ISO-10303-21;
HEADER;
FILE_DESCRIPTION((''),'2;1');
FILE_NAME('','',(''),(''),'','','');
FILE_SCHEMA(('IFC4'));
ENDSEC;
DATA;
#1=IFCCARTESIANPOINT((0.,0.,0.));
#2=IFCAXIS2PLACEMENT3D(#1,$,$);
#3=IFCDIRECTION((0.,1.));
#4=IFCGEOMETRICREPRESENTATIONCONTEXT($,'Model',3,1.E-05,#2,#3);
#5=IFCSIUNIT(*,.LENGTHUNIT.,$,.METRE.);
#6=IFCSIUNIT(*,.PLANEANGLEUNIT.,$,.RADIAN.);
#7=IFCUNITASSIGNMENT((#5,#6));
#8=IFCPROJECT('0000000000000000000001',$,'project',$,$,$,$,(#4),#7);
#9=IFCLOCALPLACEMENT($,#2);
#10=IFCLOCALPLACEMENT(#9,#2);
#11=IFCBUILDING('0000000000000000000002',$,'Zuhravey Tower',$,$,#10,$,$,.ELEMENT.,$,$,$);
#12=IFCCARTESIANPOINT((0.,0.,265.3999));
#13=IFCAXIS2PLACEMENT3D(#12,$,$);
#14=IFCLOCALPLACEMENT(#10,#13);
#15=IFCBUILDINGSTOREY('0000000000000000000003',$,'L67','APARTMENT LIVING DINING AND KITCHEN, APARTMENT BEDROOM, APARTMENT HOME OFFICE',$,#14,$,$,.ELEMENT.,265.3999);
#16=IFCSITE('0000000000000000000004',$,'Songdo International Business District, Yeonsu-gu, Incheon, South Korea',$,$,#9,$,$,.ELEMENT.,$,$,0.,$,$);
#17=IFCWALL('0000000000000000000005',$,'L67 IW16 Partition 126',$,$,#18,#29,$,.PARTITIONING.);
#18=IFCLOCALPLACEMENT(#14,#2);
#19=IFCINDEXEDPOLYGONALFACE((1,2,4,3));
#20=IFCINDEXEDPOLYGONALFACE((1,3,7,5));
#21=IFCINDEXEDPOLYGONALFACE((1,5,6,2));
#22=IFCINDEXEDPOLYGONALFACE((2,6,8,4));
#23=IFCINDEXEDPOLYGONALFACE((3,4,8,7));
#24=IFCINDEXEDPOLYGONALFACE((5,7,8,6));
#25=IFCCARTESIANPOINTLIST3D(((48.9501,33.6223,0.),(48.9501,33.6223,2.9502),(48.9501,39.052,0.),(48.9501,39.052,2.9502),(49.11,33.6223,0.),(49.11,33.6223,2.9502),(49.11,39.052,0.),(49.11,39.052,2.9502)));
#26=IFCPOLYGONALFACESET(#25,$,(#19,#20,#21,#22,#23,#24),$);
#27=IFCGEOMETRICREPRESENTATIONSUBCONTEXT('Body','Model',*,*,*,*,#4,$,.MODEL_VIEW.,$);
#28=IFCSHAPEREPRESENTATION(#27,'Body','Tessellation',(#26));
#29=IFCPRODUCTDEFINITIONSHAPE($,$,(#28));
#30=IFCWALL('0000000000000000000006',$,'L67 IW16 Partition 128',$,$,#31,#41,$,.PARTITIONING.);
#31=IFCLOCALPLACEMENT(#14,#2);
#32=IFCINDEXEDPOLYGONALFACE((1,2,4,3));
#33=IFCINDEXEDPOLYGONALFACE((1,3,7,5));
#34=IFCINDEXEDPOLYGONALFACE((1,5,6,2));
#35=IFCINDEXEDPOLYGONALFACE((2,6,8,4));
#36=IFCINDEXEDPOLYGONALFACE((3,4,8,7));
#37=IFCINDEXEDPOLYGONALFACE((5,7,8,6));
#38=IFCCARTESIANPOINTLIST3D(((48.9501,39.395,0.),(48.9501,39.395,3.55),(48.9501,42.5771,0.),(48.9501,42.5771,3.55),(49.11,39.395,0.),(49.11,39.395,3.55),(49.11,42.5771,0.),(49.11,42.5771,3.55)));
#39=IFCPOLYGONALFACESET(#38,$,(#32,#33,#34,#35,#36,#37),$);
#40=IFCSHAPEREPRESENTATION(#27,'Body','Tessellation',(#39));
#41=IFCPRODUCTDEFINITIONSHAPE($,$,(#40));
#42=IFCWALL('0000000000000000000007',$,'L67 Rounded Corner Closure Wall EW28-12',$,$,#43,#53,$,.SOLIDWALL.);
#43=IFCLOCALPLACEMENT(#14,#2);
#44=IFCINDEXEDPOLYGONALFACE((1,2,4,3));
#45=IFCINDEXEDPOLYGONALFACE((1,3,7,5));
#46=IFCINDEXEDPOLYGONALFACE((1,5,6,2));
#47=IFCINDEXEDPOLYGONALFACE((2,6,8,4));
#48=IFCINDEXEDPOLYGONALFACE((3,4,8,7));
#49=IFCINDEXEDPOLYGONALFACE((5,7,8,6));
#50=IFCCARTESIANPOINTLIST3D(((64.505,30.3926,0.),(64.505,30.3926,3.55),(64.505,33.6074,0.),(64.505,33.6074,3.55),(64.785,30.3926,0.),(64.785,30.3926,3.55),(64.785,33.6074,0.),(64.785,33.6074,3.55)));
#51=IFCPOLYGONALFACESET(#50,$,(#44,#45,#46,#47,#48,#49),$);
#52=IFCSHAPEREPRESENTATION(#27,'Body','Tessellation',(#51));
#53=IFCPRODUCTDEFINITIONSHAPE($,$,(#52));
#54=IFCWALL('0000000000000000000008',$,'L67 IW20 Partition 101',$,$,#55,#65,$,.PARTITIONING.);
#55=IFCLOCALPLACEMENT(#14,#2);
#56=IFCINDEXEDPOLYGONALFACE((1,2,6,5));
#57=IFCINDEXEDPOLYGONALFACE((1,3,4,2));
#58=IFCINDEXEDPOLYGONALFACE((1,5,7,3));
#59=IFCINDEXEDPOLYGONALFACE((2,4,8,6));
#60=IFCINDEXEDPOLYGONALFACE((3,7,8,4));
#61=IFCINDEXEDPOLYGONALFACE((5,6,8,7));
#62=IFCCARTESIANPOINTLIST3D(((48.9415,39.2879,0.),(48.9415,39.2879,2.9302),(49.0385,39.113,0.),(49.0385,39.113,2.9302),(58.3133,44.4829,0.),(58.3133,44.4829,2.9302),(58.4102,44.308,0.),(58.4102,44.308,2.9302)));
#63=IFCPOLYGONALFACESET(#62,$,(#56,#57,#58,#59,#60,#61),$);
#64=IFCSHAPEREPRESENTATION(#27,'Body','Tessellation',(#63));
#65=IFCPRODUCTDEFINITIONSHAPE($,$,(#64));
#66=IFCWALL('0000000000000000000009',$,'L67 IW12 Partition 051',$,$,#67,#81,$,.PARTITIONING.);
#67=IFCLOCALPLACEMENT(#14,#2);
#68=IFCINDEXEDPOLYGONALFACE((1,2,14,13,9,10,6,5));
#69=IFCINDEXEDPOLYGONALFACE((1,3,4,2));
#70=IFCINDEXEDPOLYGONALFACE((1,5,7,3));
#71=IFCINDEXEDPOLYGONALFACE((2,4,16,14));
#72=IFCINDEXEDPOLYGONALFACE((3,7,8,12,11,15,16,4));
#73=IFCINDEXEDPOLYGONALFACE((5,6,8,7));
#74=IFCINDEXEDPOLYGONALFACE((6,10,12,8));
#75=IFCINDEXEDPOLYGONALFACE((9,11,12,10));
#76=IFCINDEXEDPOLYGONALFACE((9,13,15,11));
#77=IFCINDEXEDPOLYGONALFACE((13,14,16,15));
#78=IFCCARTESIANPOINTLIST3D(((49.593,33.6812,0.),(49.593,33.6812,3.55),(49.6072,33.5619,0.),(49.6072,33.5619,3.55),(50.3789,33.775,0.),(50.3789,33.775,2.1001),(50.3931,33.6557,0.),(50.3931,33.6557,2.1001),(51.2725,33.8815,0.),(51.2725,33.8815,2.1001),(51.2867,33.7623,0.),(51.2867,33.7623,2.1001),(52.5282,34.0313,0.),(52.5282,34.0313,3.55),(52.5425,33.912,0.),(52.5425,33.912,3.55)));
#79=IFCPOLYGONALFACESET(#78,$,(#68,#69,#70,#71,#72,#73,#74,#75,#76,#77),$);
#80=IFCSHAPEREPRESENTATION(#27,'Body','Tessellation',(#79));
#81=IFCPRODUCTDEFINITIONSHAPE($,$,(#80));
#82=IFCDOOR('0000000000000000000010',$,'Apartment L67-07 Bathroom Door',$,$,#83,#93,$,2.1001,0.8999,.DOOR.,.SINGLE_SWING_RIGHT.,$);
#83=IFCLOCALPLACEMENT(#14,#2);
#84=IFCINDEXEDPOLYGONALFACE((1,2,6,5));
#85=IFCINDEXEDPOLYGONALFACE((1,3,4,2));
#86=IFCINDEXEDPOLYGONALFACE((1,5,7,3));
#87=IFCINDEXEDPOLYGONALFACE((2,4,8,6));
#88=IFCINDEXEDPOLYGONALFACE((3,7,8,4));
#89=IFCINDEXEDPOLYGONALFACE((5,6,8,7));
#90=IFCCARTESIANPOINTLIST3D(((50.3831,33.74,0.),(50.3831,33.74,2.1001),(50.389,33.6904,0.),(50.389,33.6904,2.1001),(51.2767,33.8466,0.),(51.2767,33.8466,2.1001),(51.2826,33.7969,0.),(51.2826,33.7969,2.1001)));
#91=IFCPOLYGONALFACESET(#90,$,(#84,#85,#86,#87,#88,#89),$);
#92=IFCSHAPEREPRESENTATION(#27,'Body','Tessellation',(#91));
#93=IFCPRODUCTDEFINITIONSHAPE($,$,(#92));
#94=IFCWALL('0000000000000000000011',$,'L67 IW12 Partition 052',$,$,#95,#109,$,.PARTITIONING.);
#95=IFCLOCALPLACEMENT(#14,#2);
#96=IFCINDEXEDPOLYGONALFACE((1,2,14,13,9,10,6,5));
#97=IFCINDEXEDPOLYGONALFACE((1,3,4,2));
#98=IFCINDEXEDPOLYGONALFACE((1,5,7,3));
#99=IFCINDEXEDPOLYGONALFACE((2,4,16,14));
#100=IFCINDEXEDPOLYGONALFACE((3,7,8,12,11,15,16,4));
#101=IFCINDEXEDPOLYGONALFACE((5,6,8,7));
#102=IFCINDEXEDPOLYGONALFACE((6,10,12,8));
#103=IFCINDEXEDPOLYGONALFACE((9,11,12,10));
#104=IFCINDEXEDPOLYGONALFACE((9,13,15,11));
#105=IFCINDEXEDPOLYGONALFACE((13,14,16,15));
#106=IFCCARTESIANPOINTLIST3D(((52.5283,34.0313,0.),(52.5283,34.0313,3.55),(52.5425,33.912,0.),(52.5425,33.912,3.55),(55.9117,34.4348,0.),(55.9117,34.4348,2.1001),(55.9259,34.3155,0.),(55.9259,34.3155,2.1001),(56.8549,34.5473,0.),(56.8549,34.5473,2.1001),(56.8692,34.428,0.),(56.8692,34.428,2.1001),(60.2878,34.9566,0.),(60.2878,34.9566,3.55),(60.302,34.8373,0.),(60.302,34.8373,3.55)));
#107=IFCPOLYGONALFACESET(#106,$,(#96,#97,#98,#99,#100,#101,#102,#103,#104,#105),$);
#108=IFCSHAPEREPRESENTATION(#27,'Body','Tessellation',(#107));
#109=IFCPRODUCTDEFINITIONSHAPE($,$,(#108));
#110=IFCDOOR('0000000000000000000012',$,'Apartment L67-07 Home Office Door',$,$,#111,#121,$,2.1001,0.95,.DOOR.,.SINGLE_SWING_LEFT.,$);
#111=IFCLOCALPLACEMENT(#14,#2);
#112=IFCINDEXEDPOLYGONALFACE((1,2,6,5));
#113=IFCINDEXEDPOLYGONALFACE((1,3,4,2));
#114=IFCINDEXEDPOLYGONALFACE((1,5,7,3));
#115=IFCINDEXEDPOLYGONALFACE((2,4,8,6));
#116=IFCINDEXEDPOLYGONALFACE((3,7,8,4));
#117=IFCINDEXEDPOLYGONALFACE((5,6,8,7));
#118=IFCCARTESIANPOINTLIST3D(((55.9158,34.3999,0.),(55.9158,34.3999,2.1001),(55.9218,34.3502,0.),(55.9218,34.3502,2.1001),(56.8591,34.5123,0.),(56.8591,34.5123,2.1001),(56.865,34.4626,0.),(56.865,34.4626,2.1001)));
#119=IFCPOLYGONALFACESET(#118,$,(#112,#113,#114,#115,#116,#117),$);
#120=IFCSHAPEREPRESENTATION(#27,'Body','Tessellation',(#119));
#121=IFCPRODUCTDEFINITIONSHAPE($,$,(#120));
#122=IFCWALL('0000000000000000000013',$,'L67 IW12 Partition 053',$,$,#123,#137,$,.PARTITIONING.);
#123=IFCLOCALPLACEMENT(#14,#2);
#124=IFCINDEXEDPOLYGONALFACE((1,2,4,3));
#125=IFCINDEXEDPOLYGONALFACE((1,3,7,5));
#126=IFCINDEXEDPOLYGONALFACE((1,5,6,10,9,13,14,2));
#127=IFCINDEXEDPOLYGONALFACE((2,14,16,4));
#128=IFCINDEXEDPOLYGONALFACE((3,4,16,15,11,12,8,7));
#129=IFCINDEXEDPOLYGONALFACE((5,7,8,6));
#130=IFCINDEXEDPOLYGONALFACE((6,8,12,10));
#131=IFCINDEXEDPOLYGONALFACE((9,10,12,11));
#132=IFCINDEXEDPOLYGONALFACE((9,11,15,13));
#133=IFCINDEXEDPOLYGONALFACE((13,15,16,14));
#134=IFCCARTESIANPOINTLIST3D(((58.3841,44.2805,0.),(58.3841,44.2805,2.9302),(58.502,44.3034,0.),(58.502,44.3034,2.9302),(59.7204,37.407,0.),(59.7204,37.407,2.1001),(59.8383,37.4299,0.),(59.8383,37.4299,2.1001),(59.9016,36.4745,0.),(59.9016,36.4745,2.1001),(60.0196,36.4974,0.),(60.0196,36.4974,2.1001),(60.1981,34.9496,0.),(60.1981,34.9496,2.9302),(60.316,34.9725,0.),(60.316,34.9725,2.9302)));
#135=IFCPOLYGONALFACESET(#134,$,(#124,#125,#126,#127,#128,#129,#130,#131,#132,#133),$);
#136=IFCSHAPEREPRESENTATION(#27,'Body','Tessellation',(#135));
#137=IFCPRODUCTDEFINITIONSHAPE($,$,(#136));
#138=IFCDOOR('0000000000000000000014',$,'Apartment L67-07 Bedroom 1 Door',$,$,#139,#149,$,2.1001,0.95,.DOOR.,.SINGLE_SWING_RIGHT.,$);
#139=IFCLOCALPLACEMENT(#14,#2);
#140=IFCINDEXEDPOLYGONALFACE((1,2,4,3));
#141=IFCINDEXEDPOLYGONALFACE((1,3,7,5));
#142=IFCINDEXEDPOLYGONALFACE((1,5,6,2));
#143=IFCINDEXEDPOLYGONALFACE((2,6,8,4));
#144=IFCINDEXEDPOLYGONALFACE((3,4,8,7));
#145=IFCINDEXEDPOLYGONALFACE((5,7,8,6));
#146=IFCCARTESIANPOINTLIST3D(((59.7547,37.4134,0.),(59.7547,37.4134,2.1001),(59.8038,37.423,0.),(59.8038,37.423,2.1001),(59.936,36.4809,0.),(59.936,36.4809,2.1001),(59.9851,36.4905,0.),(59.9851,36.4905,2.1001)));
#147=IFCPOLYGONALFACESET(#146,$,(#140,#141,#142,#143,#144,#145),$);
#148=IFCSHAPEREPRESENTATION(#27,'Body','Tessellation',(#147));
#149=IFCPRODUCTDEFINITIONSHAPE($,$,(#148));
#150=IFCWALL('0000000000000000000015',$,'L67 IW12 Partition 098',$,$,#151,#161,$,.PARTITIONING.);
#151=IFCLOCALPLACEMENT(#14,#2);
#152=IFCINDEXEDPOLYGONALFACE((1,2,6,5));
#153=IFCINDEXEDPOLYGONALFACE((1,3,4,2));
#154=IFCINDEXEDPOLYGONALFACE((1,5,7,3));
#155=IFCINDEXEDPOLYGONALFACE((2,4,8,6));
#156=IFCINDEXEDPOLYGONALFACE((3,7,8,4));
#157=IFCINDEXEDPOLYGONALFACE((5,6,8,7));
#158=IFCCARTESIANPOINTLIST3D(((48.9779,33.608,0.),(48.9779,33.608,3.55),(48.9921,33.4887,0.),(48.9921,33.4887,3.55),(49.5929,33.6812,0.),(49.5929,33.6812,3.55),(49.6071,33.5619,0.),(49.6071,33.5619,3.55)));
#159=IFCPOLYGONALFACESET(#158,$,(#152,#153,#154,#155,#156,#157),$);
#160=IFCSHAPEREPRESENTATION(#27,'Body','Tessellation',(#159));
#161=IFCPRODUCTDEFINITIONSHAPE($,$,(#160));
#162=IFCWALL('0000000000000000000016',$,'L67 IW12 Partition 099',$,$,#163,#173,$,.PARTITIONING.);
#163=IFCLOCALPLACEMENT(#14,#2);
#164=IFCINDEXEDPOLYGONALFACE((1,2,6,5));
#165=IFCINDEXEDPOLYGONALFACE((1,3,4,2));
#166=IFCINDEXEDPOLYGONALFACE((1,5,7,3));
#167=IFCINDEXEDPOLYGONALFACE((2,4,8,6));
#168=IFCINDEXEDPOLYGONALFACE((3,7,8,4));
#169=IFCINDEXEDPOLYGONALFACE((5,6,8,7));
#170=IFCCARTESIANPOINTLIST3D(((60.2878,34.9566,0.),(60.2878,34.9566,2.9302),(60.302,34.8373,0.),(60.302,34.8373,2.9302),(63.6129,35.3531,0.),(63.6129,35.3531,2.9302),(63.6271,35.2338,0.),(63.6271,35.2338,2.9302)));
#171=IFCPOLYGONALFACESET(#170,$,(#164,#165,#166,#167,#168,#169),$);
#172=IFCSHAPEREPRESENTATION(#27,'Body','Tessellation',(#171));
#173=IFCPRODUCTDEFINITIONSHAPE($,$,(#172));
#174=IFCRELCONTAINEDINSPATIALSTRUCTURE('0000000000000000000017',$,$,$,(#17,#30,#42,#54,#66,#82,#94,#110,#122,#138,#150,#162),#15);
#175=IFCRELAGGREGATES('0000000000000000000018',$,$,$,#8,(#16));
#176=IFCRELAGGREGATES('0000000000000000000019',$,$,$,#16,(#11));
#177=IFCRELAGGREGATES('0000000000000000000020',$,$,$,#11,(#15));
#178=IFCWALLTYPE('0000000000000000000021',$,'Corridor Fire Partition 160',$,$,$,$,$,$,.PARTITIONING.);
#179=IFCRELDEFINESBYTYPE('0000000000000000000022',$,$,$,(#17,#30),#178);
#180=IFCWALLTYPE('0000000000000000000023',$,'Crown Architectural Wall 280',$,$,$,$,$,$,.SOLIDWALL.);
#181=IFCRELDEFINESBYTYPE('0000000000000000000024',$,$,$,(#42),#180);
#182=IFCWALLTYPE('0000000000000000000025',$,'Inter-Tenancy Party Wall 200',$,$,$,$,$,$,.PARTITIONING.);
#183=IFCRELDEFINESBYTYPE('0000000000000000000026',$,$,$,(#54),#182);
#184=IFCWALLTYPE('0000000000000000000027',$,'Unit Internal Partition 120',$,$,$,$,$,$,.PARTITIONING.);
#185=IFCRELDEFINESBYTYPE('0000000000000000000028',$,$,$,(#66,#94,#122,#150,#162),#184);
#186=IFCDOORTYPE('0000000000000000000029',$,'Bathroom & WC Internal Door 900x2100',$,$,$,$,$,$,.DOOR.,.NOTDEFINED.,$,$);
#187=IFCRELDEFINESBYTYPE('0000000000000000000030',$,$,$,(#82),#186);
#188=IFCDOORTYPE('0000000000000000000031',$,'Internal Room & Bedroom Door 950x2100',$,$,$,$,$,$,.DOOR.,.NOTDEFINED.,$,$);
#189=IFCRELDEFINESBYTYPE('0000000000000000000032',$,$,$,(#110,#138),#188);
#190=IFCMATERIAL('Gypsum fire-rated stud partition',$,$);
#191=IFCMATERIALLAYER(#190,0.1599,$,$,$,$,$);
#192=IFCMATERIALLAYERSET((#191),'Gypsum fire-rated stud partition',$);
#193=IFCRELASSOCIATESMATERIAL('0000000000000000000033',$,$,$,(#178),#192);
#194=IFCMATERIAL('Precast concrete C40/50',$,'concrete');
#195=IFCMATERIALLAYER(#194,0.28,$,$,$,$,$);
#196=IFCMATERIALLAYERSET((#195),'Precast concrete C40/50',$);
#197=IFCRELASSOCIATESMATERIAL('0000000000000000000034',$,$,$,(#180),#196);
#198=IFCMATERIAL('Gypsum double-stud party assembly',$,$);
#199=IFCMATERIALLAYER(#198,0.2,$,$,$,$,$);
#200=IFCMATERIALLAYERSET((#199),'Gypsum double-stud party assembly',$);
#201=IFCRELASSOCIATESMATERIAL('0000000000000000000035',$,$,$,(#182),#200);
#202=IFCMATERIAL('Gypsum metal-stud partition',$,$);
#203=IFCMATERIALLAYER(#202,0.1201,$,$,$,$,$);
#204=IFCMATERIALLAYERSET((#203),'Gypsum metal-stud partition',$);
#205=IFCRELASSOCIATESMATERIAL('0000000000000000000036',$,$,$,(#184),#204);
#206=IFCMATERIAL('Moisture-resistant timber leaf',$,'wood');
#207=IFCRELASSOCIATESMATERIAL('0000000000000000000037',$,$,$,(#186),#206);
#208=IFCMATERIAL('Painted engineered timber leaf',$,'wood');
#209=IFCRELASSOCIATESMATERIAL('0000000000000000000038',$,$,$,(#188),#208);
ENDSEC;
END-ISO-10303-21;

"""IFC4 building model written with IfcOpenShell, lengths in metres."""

from ifc_helpers import new_model, si_unit, direction, frame, frame_2d, origin, place, context, subcontext, project, spatial, rectangle, extrude, material, layer, layer_set, type_object, element, fill, save


model = new_model("IFC4")

# Units and contexts
model_context = context("Model", 3, precision=1e-05, world=origin(), true_north=direction((0.0, 1.0)))
body_context = subcontext(model_context, "Body", "Model", "MODEL_VIEW")
ifc_project = project(units=[si_unit("LENGTHUNIT", "METRE"), si_unit("PLANEANGLEUNIT", "RADIAN")], contexts=[model_context])

# Site, building, storey
site_placement = place(None, origin())
site = spatial("IfcSite", under=ifc_project, at=site_placement, Name="Songdo International Business District, Yeonsu-gu, Incheon, South Korea", CompositionType="ELEMENT", RefElevation=0.0)
building_placement = place(site_placement, origin())
building = spatial("IfcBuilding", under=site, at=building_placement, Name="Zuhravey Tower", CompositionType="ELEMENT")
storey_placement = place(building_placement, frame((0.0, 0.0, 265.3999)))
storey = spatial("IfcBuildingStorey", under=building, at=storey_placement, Name="L67", Description="APARTMENT LIVING DINING AND KITCHEN, APARTMENT BEDROOM, APARTMENT HOME OFFICE", CompositionType="ELEMENT", Elevation=265.3999)

# Walls
ifc_material_1 = material(Name="Gypsum fire-rated stud partition")
ifc_layer_1 = layer(ifc_material_1, 0.1599)
ifc_layer_set_1 = layer_set([ifc_layer_1], Name="Gypsum fire-rated stud partition")
wall_type_1 = type_object("IfcWallType", Name="Corridor Fire Partition 160", PredefinedType="PARTITIONING", material=ifc_layer_set_1)
wall_1_placement = place(storey_placement, frame((49.03, 33.6223, 0.0), z_axis=(0.0, 0.0, 1.0), x_axis=(0.0, 1.0, 0.0)))
element("IfcWall", 1, at=wall_1_placement, inside=storey, type_object=wall_type_1, Name="L67 IW16 Partition 126", PredefinedType="PARTITIONING", context=body_context, shape_type="SweptSolid", body=[
    extrude(rectangle(XDim=5.4297, YDim=0.1599, at=frame_2d((2.7148, 0.0))), origin(), (0.0, 0.0, 1.0), 2.9502),
])
wall_2_placement = place(storey_placement, frame((49.03, 39.395, 0.0), z_axis=(0.0, 0.0, 1.0), x_axis=(0.0, 1.0, 0.0)))
element("IfcWall", 2, at=wall_2_placement, inside=storey, type_object=wall_type_1, Name="L67 IW16 Partition 128", PredefinedType="PARTITIONING", context=body_context, shape_type="SweptSolid", body=[
    extrude(rectangle(XDim=3.1821, YDim=0.1599, at=frame_2d((1.5911, 0.0))), origin(), (0.0, 0.0, 1.0), 3.55),
])
ifc_material_2 = material(Name="Precast concrete C40/50", Category="concrete")
ifc_layer_2 = layer(ifc_material_2, 0.28)
ifc_layer_set_2 = layer_set([ifc_layer_2], Name="Precast concrete C40/50")
wall_type_2 = type_object("IfcWallType", Name="Crown Architectural Wall 280", PredefinedType="SOLIDWALL", material=ifc_layer_set_2)
wall_3_placement = place(storey_placement, frame((64.645, 33.6074, 0.0), z_axis=(0.0, 0.0, 1.0), x_axis=(0.0, -1.0, 0.0)))
element("IfcWall", 3, at=wall_3_placement, inside=storey, type_object=wall_type_2, Name="L67 Rounded Corner Closure Wall EW28-12", PredefinedType="SOLIDWALL", context=body_context, shape_type="SweptSolid", body=[
    extrude(rectangle(XDim=3.2148, YDim=0.28, at=frame_2d((1.6074, 0.0))), origin(), (0.0, 0.0, 1.0), 3.55),
])
ifc_material_3 = material(Name="Gypsum double-stud party assembly")
ifc_layer_3 = layer(ifc_material_3, 0.2)
ifc_layer_set_3 = layer_set([ifc_layer_3], Name="Gypsum double-stud party assembly")
wall_type_3 = type_object("IfcWallType", Name="Inter-Tenancy Party Wall 200", PredefinedType="PARTITIONING", material=ifc_layer_set_3)
wall_4_placement = place(storey_placement, frame((48.99, 39.2004, 0.0), z_axis=(0.0, 0.0, 1.0), x_axis=(0.874613, 0.484822, 0.0)))
element("IfcWall", 4, at=wall_4_placement, inside=storey, type_object=wall_type_3, Name="L67 IW20 Partition 101", PredefinedType="PARTITIONING", context=body_context, shape_type="SweptSolid", body=[
    extrude(rectangle(XDim=10.7153, YDim=0.2, at=frame_2d((5.3577, 0.0))), origin(), (0.0, 0.0, 1.0), 2.9302),
])

# Walls, openings, doors
ifc_material_4 = material(Name="Gypsum metal-stud partition")
ifc_layer_4 = layer(ifc_material_4, 0.1201)
ifc_layer_set_4 = layer_set([ifc_layer_4], Name="Gypsum metal-stud partition")
wall_type_4 = type_object("IfcWallType", Name="Unit Internal Partition 120", PredefinedType="PARTITIONING", material=ifc_layer_set_4)
wall_5_placement = place(storey_placement, frame((49.6001, 33.6216, 0.0), z_axis=(0.0, 0.0, 1.0), x_axis=(0.992962, 0.118432, 0.0)))
wall_5 = element("IfcWall", 5, at=wall_5_placement, inside=storey, type_object=wall_type_4, Name="L67 IW12 Partition 051", PredefinedType="PARTITIONING", context=body_context, shape_type="SweptSolid", body=[
    extrude(rectangle(XDim=2.9561, YDim=0.1201, at=frame_2d((1.478, 0.0))), origin(), (0.0, 0.0, 1.0), 3.55),
])
opening_1_placement = place(wall_5_placement, frame((0.7915, 0.0, 0.0)))
opening_1 = element("IfcOpeningElement", 6, at=opening_1_placement, cuts=wall_5, PredefinedType="OPENING", context=body_context, shape_type="SweptSolid", body=[
    extrude(rectangle(XDim=0.8999, YDim=2.1001, at=frame_2d((0.45, 1.05))), frame((0.0, 0.072, 0.0), z_axis=(0.0, -1.0, 0.0), x_axis=(1.0, 0.0, 0.0)), (0.0, 0.0, 1.0), 0.144),
])
ifc_material_5 = material(Name="Moisture-resistant timber leaf", Category="wood")
door_type_1 = type_object("IfcDoorType", Name="Bathroom & WC Internal Door 900x2100", OperationType="NOTDEFINED", PredefinedType="DOOR", material=ifc_material_5)
door_1_placement = place(opening_1_placement, origin())
door_1 = element("IfcDoor", 7, at=door_1_placement, inside=storey, type_object=door_type_1, Name="Apartment L67-07 Bathroom Door", OperationType="SINGLE_SWING_RIGHT", OverallHeight=2.1001, OverallWidth=0.8999, PredefinedType="DOOR", context=body_context, shape_type="SweptSolid", body=[
    extrude(rectangle(XDim=0.8999, YDim=2.1001, at=frame_2d((0.45, 1.05))), frame((0.0, 0.0249, 0.0), z_axis=(0.0, -1.0, 0.0), x_axis=(1.0, 0.0, 0.0)), (0.0, 0.0, 1.0), 0.05),
])
fill(opening_1, door_1)
wall_6_placement = place(storey_placement, frame((52.5354, 33.9717, 0.0), z_axis=(0.0, 0.0, 1.0), x_axis=(0.992965, 0.118407, 0.0)))
wall_6 = element("IfcWall", 8, at=wall_6_placement, inside=storey, type_object=wall_type_4, Name="L67 IW12 Partition 052", PredefinedType="PARTITIONING", context=body_context, shape_type="SweptSolid", body=[
    extrude(rectangle(XDim=7.8145, YDim=0.1201, at=frame_2d((3.9072, 0.0))), origin(), (0.0, 0.0, 1.0), 3.55),
])
opening_2_placement = place(wall_6_placement, frame((3.4072, 0.0, 0.0)))
opening_2 = element("IfcOpeningElement", 9, at=opening_2_placement, cuts=wall_6, PredefinedType="OPENING", context=body_context, shape_type="SweptSolid", body=[
    extrude(rectangle(XDim=0.95, YDim=2.1001, at=frame_2d((0.4751, 1.05))), frame((0.0, 0.072, 0.0), z_axis=(0.0, -1.0, 0.0), x_axis=(1.0, 0.0, 0.0)), (0.0, 0.0, 1.0), 0.144),
])
ifc_material_6 = material(Name="Painted engineered timber leaf", Category="wood")
door_type_2 = type_object("IfcDoorType", Name="Internal Room & Bedroom Door 950x2100", OperationType="NOTDEFINED", PredefinedType="DOOR", material=ifc_material_6)
door_2_placement = place(opening_2_placement, origin())
door_2 = element("IfcDoor", 10, at=door_2_placement, inside=storey, type_object=door_type_2, Name="Apartment L67-07 Home Office Door", OperationType="SINGLE_SWING_LEFT", OverallHeight=2.1001, OverallWidth=0.95, PredefinedType="DOOR", context=body_context, shape_type="SweptSolid", body=[
    extrude(rectangle(XDim=0.95, YDim=2.1001, at=frame_2d((0.4751, 1.05))), frame((0.0, 0.0249, 0.0), z_axis=(0.0, -1.0, 0.0), x_axis=(1.0, 0.0, 0.0)), (0.0, 0.0, 1.0), 0.05),
])
fill(opening_2, door_2)
wall_7_placement = place(storey_placement, frame((60.2571, 34.9609, 0.0), z_axis=(0.0, 0.0, 1.0), x_axis=(-0.190833, 0.981622, 0.0)))
wall_7 = element("IfcWall", 11, at=wall_7_placement, inside=storey, type_object=wall_type_4, Name="L67 IW12 Partition 053", PredefinedType="PARTITIONING", context=body_context, shape_type="SweptSolid", body=[
    extrude(rectangle(XDim=9.5056, YDim=0.1201, at=frame_2d((4.7529, 0.0))), origin(), (0.0, 0.0, 1.0), 2.9302),
])
opening_3_placement = place(wall_7_placement, frame((1.5535, 0.0, 0.0)))
opening_3 = element("IfcOpeningElement", 12, at=opening_3_placement, cuts=wall_7, PredefinedType="OPENING", context=body_context, shape_type="SweptSolid", body=[
    extrude(rectangle(XDim=0.95, YDim=2.1001, at=frame_2d((0.4751, 1.05))), frame((0.0, 0.072, 0.0), z_axis=(0.0, -1.0, 0.0), x_axis=(1.0, 0.0, 0.0)), (0.0, 0.0, 1.0), 0.144),
])
door_3_placement = place(opening_3_placement, frame((0.95, 0.0, 0.0), z_axis=(0.0, 0.0, 1.0), x_axis=(-1.0, 0.0, 0.0)))
door_3 = element("IfcDoor", 13, at=door_3_placement, inside=storey, type_object=door_type_2, Name="Apartment L67-07 Bedroom 1 Door", OperationType="SINGLE_SWING_RIGHT", OverallHeight=2.1001, OverallWidth=0.95, PredefinedType="DOOR", context=body_context, shape_type="SweptSolid", body=[
    extrude(rectangle(XDim=0.95, YDim=2.1001, at=frame_2d((0.4751, 1.05))), frame((0.0, 0.0249, 0.0), z_axis=(0.0, -1.0, 0.0), x_axis=(1.0, 0.0, 0.0)), (0.0, 0.0, 1.0), 0.05),
])
fill(opening_3, door_3)

# Walls
wall_8_placement = place(storey_placement, frame((48.9851, 33.5483, 0.0), z_axis=(0.0, 0.0, 1.0), x_axis=(0.992983, 0.118259, 0.0)))
element("IfcWall", 14, at=wall_8_placement, inside=storey, type_object=wall_type_4, Name="L67 IW12 Partition 098", PredefinedType="PARTITIONING", context=body_context, shape_type="SweptSolid", body=[
    extrude(rectangle(XDim=0.6194, YDim=0.1201, at=frame_2d((0.3096, 0.0))), origin(), (0.0, 0.0, 1.0), 3.55),
])
wall_9_placement = place(storey_placement, frame((60.2949, 34.897, 0.0), z_axis=(0.0, 0.0, 1.0), x_axis=(0.992966, 0.118398, 0.0)))
element("IfcWall", 15, at=wall_9_placement, inside=storey, type_object=wall_type_4, Name="L67 IW12 Partition 099", PredefinedType="PARTITIONING", context=body_context, shape_type="SweptSolid", body=[
    extrude(rectangle(XDim=3.3486, YDim=0.1201, at=frame_2d((1.6743, 0.0))), origin(), (0.0, 0.0, 1.0), 2.9302),
])

save(model, "model.ifc")
